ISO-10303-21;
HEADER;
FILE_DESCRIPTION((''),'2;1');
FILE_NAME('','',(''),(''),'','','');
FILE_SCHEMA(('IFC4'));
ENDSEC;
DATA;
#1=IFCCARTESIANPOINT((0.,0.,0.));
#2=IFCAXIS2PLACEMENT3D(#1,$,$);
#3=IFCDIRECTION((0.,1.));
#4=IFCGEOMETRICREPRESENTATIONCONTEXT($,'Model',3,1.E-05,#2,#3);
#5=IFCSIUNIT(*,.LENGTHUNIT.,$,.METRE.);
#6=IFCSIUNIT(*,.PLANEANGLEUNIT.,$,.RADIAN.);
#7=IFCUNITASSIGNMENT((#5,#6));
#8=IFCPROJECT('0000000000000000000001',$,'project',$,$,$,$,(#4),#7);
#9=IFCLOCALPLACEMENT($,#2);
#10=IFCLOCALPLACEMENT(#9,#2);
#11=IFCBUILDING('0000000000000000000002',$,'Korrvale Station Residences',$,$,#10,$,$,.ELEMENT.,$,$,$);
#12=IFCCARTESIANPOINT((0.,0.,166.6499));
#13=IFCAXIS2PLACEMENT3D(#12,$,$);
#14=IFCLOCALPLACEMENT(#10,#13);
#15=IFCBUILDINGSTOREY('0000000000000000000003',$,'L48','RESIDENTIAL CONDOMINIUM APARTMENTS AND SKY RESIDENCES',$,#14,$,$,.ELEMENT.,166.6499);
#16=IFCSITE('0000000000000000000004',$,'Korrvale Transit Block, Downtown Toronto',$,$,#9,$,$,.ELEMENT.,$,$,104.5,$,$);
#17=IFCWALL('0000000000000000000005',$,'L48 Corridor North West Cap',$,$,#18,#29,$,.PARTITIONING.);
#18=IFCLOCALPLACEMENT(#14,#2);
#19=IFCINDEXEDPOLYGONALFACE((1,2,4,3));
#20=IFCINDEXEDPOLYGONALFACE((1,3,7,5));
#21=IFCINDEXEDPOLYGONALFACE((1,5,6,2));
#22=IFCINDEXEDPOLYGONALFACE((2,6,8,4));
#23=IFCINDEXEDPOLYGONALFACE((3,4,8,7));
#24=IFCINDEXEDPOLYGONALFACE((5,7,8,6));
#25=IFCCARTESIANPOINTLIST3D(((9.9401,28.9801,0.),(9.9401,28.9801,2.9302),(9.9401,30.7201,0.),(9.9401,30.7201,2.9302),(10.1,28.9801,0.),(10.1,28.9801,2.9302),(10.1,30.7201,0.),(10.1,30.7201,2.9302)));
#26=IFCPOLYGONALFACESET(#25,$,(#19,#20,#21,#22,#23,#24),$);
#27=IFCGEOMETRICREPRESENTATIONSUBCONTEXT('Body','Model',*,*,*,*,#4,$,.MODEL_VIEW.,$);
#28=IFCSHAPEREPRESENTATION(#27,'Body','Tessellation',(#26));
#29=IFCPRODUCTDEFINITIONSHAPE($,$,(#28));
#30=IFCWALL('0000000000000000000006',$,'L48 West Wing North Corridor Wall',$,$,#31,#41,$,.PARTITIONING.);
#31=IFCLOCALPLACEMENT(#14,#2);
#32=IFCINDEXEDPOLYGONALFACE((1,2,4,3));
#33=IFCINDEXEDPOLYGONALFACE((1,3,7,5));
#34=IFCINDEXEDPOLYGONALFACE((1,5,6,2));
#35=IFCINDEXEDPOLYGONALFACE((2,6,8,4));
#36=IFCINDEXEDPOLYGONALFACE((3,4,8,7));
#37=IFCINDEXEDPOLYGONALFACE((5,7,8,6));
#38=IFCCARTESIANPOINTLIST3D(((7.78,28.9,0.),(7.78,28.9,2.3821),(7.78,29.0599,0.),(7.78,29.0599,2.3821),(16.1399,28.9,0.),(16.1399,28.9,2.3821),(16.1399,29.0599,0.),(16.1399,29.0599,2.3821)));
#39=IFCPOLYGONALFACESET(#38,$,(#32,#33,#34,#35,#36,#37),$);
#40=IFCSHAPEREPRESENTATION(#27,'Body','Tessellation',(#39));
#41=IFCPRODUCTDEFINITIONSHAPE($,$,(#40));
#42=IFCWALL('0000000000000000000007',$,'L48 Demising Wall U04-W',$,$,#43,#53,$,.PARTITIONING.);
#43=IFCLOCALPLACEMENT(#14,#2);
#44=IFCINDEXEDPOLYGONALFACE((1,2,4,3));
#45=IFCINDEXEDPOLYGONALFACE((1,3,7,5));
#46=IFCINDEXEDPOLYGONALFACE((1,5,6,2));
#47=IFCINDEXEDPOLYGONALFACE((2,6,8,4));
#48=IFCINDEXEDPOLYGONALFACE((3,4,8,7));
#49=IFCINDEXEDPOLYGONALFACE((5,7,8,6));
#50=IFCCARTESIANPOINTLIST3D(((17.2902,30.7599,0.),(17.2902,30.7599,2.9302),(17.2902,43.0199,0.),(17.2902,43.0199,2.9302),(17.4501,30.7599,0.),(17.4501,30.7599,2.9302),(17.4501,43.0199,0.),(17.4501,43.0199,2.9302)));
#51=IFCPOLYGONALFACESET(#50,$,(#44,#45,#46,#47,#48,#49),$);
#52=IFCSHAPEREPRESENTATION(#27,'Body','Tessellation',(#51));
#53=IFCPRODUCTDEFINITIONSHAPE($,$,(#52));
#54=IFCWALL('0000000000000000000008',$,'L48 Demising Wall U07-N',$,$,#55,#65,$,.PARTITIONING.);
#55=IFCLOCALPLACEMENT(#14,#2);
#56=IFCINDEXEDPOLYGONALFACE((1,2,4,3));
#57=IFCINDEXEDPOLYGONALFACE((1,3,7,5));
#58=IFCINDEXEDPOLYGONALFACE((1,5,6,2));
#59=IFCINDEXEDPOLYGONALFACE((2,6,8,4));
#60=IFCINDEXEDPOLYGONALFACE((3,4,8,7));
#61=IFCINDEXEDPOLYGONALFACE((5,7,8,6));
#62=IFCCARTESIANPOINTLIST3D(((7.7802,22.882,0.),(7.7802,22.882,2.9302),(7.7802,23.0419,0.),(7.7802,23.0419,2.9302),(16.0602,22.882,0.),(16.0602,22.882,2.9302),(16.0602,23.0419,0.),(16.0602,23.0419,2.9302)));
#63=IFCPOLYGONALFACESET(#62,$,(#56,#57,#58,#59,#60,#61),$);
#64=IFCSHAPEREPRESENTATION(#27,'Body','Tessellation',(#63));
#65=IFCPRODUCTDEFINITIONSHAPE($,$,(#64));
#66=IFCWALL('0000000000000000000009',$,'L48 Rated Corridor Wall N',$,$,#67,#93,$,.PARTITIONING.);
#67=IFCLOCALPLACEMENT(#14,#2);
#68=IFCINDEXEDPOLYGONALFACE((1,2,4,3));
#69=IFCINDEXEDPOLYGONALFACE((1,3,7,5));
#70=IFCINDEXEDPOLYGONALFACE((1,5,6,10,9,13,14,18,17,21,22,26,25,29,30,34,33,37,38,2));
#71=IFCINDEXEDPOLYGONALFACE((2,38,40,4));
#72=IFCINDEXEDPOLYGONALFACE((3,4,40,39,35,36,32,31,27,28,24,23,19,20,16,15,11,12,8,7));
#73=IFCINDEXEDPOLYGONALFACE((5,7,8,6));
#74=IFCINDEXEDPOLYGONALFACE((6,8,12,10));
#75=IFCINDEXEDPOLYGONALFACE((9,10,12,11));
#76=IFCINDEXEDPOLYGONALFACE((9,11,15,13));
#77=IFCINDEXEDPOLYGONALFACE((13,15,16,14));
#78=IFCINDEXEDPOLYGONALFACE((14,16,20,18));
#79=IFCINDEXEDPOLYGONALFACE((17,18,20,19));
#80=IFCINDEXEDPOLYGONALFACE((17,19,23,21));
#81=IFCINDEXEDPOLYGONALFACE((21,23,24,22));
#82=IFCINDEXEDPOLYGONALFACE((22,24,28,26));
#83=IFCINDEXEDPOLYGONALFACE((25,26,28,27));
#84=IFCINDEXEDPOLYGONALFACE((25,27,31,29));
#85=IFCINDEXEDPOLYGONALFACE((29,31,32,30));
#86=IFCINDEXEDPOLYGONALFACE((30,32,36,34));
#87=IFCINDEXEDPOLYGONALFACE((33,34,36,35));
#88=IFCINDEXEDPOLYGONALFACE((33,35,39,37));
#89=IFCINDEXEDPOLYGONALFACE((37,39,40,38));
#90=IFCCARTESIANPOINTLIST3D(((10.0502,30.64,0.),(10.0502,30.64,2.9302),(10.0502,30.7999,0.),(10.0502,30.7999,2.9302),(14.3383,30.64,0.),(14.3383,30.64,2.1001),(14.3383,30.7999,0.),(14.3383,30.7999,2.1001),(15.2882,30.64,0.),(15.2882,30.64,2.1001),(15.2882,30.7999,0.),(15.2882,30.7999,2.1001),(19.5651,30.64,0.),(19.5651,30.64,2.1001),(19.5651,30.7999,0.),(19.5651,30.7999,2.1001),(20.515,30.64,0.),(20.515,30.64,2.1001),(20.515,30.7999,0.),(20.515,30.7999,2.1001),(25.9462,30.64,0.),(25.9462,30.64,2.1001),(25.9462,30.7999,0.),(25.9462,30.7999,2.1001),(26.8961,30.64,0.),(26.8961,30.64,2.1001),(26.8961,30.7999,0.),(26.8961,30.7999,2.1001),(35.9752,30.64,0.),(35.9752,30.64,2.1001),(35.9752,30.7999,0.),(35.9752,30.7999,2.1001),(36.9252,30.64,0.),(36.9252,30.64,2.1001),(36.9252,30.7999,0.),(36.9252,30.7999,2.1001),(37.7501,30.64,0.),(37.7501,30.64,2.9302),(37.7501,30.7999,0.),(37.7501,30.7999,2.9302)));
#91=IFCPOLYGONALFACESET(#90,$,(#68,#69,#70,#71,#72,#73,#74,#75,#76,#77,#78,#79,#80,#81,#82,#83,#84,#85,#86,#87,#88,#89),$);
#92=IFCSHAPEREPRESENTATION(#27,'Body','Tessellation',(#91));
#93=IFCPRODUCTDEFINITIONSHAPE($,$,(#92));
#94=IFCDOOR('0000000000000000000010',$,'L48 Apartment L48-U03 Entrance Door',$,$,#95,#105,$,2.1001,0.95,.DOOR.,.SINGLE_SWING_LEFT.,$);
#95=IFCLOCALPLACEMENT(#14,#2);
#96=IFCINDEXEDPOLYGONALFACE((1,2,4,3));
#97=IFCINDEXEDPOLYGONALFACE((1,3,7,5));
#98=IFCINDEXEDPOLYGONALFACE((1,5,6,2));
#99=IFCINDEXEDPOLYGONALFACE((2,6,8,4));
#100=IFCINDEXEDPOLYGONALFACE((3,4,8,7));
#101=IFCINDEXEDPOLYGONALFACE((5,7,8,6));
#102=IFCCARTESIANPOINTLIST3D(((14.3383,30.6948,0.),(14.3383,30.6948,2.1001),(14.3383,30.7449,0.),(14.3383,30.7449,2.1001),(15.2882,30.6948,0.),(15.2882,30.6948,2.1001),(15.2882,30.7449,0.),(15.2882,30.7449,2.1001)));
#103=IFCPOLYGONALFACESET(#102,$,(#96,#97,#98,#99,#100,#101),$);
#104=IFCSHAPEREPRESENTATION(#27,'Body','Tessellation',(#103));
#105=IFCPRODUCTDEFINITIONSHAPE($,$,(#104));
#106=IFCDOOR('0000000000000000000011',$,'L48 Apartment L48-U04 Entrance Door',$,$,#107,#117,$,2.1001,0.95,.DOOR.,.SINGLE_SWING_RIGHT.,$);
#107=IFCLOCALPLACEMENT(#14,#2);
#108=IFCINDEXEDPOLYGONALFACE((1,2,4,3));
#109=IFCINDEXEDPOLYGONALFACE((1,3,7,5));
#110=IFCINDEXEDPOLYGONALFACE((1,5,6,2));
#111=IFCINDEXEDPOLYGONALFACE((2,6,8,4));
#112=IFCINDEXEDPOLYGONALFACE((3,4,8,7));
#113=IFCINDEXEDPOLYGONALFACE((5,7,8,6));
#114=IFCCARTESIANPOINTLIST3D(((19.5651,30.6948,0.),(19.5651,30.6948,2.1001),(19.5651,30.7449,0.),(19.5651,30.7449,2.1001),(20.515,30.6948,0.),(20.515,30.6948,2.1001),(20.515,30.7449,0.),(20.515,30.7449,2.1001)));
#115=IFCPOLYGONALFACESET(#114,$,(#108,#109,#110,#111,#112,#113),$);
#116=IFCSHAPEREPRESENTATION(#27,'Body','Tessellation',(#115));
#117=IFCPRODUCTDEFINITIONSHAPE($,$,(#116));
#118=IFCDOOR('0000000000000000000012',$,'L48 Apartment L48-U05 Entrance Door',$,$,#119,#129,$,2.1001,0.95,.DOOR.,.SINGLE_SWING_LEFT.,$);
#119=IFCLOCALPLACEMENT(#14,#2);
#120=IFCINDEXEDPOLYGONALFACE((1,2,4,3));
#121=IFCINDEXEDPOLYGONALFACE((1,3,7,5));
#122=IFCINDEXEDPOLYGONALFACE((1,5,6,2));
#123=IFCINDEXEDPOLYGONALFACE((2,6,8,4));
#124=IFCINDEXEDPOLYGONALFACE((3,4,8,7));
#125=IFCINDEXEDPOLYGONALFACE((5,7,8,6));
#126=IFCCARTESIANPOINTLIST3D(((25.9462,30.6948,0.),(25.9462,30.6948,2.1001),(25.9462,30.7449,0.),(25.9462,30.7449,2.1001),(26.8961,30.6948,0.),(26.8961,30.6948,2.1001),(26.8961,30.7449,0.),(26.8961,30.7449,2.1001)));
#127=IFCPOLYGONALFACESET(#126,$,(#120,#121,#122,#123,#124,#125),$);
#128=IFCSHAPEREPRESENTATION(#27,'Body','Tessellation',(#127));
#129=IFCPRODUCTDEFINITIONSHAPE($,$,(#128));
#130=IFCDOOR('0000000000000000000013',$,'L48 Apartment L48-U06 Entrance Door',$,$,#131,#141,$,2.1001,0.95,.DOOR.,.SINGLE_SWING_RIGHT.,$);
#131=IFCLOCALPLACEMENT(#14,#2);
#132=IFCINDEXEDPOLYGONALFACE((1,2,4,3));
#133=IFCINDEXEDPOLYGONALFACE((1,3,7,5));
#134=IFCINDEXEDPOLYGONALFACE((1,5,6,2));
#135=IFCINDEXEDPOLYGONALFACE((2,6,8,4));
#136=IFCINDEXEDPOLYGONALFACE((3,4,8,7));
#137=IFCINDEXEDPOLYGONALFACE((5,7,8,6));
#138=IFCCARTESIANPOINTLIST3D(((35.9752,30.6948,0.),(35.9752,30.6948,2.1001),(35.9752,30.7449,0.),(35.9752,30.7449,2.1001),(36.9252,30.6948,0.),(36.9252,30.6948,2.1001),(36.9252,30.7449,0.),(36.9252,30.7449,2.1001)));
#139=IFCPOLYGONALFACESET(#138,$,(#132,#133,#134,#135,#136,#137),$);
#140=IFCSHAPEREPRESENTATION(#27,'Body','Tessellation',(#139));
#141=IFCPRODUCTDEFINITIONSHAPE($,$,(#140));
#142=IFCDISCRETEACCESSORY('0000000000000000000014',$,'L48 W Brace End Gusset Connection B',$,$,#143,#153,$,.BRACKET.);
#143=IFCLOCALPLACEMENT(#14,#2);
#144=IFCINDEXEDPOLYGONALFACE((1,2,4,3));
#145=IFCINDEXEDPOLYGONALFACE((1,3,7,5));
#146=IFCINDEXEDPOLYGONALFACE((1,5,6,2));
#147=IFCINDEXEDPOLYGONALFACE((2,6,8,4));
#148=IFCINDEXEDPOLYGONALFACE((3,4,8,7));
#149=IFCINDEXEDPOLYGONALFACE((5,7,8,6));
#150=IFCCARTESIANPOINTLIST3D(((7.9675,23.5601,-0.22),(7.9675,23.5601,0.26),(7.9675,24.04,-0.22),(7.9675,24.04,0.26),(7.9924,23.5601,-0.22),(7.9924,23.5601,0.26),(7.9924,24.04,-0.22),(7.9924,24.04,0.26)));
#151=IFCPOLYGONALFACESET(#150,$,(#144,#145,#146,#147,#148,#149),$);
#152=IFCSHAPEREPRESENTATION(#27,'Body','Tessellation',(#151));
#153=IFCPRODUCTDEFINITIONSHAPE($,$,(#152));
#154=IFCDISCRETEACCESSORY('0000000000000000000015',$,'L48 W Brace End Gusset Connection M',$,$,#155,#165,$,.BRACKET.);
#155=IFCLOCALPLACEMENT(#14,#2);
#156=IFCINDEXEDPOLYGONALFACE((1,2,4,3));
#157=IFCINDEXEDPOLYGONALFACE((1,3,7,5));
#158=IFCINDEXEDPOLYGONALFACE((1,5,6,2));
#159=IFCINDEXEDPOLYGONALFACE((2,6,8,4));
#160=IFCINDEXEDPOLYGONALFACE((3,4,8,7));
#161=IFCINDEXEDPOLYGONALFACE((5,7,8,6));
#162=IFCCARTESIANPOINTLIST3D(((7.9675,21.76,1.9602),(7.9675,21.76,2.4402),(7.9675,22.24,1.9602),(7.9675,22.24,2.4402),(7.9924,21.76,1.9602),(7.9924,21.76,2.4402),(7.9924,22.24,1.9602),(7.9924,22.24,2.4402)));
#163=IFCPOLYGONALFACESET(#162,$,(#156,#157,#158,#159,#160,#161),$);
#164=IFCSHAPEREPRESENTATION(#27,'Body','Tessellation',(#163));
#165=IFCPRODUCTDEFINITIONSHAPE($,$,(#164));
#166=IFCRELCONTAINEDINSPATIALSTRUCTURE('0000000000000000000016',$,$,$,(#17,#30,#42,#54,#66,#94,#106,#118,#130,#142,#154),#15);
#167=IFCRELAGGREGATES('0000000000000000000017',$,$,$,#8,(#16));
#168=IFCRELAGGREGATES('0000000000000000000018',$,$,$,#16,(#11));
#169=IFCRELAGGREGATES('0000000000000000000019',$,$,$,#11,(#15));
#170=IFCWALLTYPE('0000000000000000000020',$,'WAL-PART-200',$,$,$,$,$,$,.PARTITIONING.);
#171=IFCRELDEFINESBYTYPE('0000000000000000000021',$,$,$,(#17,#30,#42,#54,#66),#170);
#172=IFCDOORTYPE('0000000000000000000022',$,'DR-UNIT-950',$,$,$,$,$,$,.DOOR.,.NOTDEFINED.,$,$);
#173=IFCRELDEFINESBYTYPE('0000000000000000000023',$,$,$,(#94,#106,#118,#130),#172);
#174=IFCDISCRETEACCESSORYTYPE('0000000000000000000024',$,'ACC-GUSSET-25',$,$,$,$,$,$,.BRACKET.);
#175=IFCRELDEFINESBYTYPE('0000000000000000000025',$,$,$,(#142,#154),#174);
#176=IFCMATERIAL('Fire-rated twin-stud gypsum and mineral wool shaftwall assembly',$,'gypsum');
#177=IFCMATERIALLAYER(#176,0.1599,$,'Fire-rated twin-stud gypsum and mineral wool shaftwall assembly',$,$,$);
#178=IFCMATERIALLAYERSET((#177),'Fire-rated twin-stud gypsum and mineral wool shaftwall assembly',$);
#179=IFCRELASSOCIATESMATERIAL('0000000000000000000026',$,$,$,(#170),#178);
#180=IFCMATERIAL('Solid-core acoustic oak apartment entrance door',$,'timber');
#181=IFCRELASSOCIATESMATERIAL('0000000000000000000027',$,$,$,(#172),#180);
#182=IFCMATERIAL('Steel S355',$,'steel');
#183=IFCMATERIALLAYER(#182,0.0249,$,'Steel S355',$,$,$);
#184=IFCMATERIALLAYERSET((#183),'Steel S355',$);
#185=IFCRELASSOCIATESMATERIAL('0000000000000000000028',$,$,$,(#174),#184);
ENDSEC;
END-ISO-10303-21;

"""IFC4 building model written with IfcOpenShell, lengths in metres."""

from ifc_helpers import new_model, si_unit, direction, frame, frame_2d, origin, origin_2d, place, context, subcontext, project, spatial, rectangle, extrude, material, layer, layer_set, type_object, element, fill, save


model = new_model("IFC4")

# Units and contexts
model_context = context("Model", 3, precision=1e-05, world=origin(), true_north=direction((0.0, 1.0)))
body_context = subcontext(model_context, "Body", "Model", "MODEL_VIEW")
ifc_project = project(units=[si_unit("LENGTHUNIT", "METRE"), si_unit("PLANEANGLEUNIT", "RADIAN")], contexts=[model_context])

# Site, building, storey
site_placement = place(None, origin())
site = spatial("IfcSite", under=ifc_project, at=site_placement, Name="Korrvale Transit Block, Downtown Toronto", CompositionType="ELEMENT", RefElevation=104.5)
building_placement = place(site_placement, origin())
building = spatial("IfcBuilding", under=site, at=building_placement, Name="Korrvale Station Residences", CompositionType="ELEMENT")
storey_placement = place(building_placement, frame((0.0, 0.0, 166.6499)))
storey = spatial("IfcBuildingStorey", under=building, at=storey_placement, Name="L48", Description="RESIDENTIAL CONDOMINIUM APARTMENTS AND SKY RESIDENCES", CompositionType="ELEMENT", Elevation=166.6499)

# Shared definitions
ifc_material_1 = material(Name="Steel S355", Category="steel")

# Walls
ifc_material_2 = material(Name="Fire-rated twin-stud gypsum and mineral wool shaftwall assembly", Category="gypsum")
ifc_layer_1 = layer(ifc_material_2, 0.1599, Name="Fire-rated twin-stud gypsum and mineral wool shaftwall assembly")
ifc_layer_set_1 = layer_set([ifc_layer_1], Name="Fire-rated twin-stud gypsum and mineral wool shaftwall assembly")
wall_type_1 = type_object("IfcWallType", Name="WAL-PART-200", PredefinedType="PARTITIONING", material=ifc_layer_set_1)
wall_1_placement = place(storey_placement, frame((10.02, 28.98, 0.0), z_axis=(0.0, 0.0, 1.0), x_axis=(0.0, 1.0, 0.0)))
element("IfcWall", 1, at=wall_1_placement, inside=storey, type_object=wall_type_1, Name="L48 Corridor North West Cap", PredefinedType="PARTITIONING", context=body_context, shape_type="SweptSolid", body=[
    extrude(rectangle(XDim=1.74, YDim=0.1599, at=frame_2d((0.8701, 0.0))), origin(), (0.0, 0.0, 1.0), 2.9302),
])
wall_2_placement = place(storey_placement, frame((7.78, 28.98, 0.0), z_axis=(0.0, 0.0, 1.0), x_axis=(1.0, 0.0, 0.0)))
element("IfcWall", 2, at=wall_2_placement, inside=storey, type_object=wall_type_1, Name="L48 West Wing North Corridor Wall", PredefinedType="PARTITIONING", context=body_context, shape_type="SweptSolid", body=[
    extrude(rectangle(XDim=8.3599, YDim=0.1599, at=frame_2d((4.1799, 0.0))), origin(), (0.0, 0.0, 1.0), 2.3821),
])
wall_3_placement = place(storey_placement, frame((17.3701, 30.76, 0.0), z_axis=(0.0, 0.0, 1.0), x_axis=(0.0, 1.0, 0.0)))
element("IfcWall", 3, at=wall_3_placement, inside=storey, type_object=wall_type_1, Name="L48 Demising Wall U04-W", PredefinedType="PARTITIONING", context=body_context, shape_type="SweptSolid", body=[
    extrude(rectangle(XDim=12.26, YDim=0.1599, at=frame_2d((6.1299, 0.0))), origin(), (0.0, 0.0, 1.0), 2.9302),
])
wall_4_placement = place(storey_placement, frame((7.78, 22.9619, 0.0), z_axis=(0.0, 0.0, 1.0), x_axis=(1.0, 0.0, 0.0)))
element("IfcWall", 4, at=wall_4_placement, inside=storey, type_object=wall_type_1, Name="L48 Demising Wall U07-N", PredefinedType="PARTITIONING", context=body_context, shape_type="SweptSolid", body=[
    extrude(rectangle(XDim=8.28, YDim=0.1599, at=frame_2d((4.1401, 0.0))), origin(), (0.0, 0.0, 1.0), 2.9302),
])

# Wall, openings, doors
wall_5_placement = place(storey_placement, frame((10.05, 30.72, 0.0), z_axis=(0.0, 0.0, 1.0), x_axis=(1.0, 0.0, 0.0)))
wall_5 = element("IfcWall", 5, at=wall_5_placement, inside=storey, type_object=wall_type_1, Name="L48 Rated Corridor Wall N", PredefinedType="PARTITIONING", context=body_context, shape_type="SweptSolid", body=[
    extrude(rectangle(XDim=27.7, YDim=0.1599, at=frame_2d((13.8501, 0.0))), origin(), (0.0, 0.0, 1.0), 2.9302),
])
opening_1_placement = place(wall_5_placement, frame((4.2881, 0.0, 0.0)))
opening_1 = element("IfcOpeningElement", 6, at=opening_1_placement, cuts=wall_5, PredefinedType="OPENING", context=body_context, shape_type="SweptSolid", body=[
    extrude(rectangle(XDim=0.95, YDim=2.1001, at=frame_2d((0.4751, 1.05))), frame((0.0, 0.0898, 0.0), z_axis=(0.0, -1.0, 0.0), x_axis=(1.0, 0.0, 0.0)), (0.0, 0.0, 1.0), 0.1799),
])
opening_2_placement = place(wall_5_placement, frame((9.5149, 0.0, 0.0)))
opening_2 = element("IfcOpeningElement", 7, at=opening_2_placement, cuts=wall_5, PredefinedType="OPENING", context=body_context, shape_type="SweptSolid", body=[
    extrude(rectangle(XDim=0.95, YDim=2.1001, at=frame_2d((0.4751, 1.05))), frame((0.0, 0.0898, 0.0), z_axis=(0.0, -1.0, 0.0), x_axis=(1.0, 0.0, 0.0)), (0.0, 0.0, 1.0), 0.1799),
])
opening_3_placement = place(wall_5_placement, frame((15.896, 0.0, 0.0)))
opening_3 = element("IfcOpeningElement", 8, at=opening_3_placement, cuts=wall_5, PredefinedType="OPENING", context=body_context, shape_type="SweptSolid", body=[
    extrude(rectangle(XDim=0.95, YDim=2.1001, at=frame_2d((0.4751, 1.05))), frame((0.0, 0.0898, 0.0), z_axis=(0.0, -1.0, 0.0), x_axis=(1.0, 0.0, 0.0)), (0.0, 0.0, 1.0), 0.1799),
])
opening_4_placement = place(wall_5_placement, frame((25.925, 0.0, 0.0)))
opening_4 = element("IfcOpeningElement", 9, at=opening_4_placement, cuts=wall_5, PredefinedType="OPENING", context=body_context, shape_type="SweptSolid", body=[
    extrude(rectangle(XDim=0.95, YDim=2.1001, at=frame_2d((0.4751, 1.05))), frame((0.0, 0.0898, 0.0), z_axis=(0.0, -1.0, 0.0), x_axis=(1.0, 0.0, 0.0)), (0.0, 0.0, 1.0), 0.1799),
])
ifc_material_3 = material(Name="Solid-core acoustic oak apartment entrance door", Category="timber")
door_type_1 = type_object("IfcDoorType", Name="DR-UNIT-950", OperationType="NOTDEFINED", PredefinedType="DOOR", material=ifc_material_3)
door_1_placement = place(opening_1_placement, origin())
door_1 = element("IfcDoor", 10, at=door_1_placement, inside=storey, type_object=door_type_1, Name="L48 Apartment L48-U03 Entrance Door", OperationType="SINGLE_SWING_LEFT", OverallHeight=2.1001, OverallWidth=0.95, PredefinedType="DOOR", context=body_context, shape_type="SweptSolid", body=[
    extrude(rectangle(XDim=0.95, YDim=2.1001, at=frame_2d((0.4751, 1.05))), frame((0.0, 0.0249, 0.0), z_axis=(0.0, -1.0, 0.0), x_axis=(1.0, 0.0, 0.0)), (0.0, 0.0, 1.0), 0.05),
])
fill(opening_1, door_1)
door_2_placement = place(opening_2_placement, origin())
door_2 = element("IfcDoor", 11, at=door_2_placement, inside=storey, type_object=door_type_1, Name="L48 Apartment L48-U04 Entrance Door", OperationType="SINGLE_SWING_RIGHT", OverallHeight=2.1001, OverallWidth=0.95, PredefinedType="DOOR", context=body_context, shape_type="SweptSolid", body=[
    extrude(rectangle(XDim=0.95, YDim=2.1001, at=frame_2d((0.4751, 1.05))), frame((0.0, 0.0249, 0.0), z_axis=(0.0, -1.0, 0.0), x_axis=(1.0, 0.0, 0.0)), (0.0, 0.0, 1.0), 0.05),
])
fill(opening_2, door_2)
door_3_placement = place(opening_3_placement, origin())
door_3 = element("IfcDoor", 12, at=door_3_placement, inside=storey, type_object=door_type_1, Name="L48 Apartment L48-U05 Entrance Door", OperationType="SINGLE_SWING_LEFT", OverallHeight=2.1001, OverallWidth=0.95, PredefinedType="DOOR", context=body_context, shape_type="SweptSolid", body=[
    extrude(rectangle(XDim=0.95, YDim=2.1001, at=frame_2d((0.4751, 1.05))), frame((0.0, 0.0249, 0.0), z_axis=(0.0, -1.0, 0.0), x_axis=(1.0, 0.0, 0.0)), (0.0, 0.0, 1.0), 0.05),
])
fill(opening_3, door_3)
door_4_placement = place(opening_4_placement, origin())
door_4 = element("IfcDoor", 13, at=door_4_placement, inside=storey, type_object=door_type_1, Name="L48 Apartment L48-U06 Entrance Door", OperationType="SINGLE_SWING_RIGHT", OverallHeight=2.1001, OverallWidth=0.95, PredefinedType="DOOR", context=body_context, shape_type="SweptSolid", body=[
    extrude(rectangle(XDim=0.95, YDim=2.1001, at=frame_2d((0.4751, 1.05))), frame((0.0, 0.0249, 0.0), z_axis=(0.0, -1.0, 0.0), x_axis=(1.0, 0.0, 0.0)), (0.0, 0.0, 1.0), 0.05),
])
fill(opening_4, door_4)

# Discrete accessories
ifc_layer_2 = layer(ifc_material_1, 0.0249, Name="Steel S355")
ifc_layer_set_2 = layer_set([ifc_layer_2], Name="Steel S355")
discrete_accessory_type = type_object("IfcDiscreteAccessoryType", Name="ACC-GUSSET-25", PredefinedType="BRACKET", material=ifc_layer_set_2)
for number, where, z_axis, x_axis, name in (
    (14, (7.98, 23.8, -0.22), (0.0, 0.0, 1.0), (0.0, 1.0, 0.0), "L48 W Brace End Gusset Connection B"),
    (15, (7.98, 22.0, 1.9602), (0.0, 0.0, 1.0), (0.0, 1.0, 0.0), "L48 W Brace End Gusset Connection M"),
):
    element("IfcDiscreteAccessory", number, at=place(storey_placement, frame(where, z_axis=z_axis, x_axis=x_axis)), inside=storey, type_object=discrete_accessory_type, Name=name, PredefinedType="BRACKET", context=body_context, shape_type="SweptSolid", body=[
        extrude(rectangle(XDim=0.48, YDim=0.0249, at=origin_2d()), origin(), (0.0, 0.0, 1.0), 0.48),
    ])

save(model, "model.ifc")
